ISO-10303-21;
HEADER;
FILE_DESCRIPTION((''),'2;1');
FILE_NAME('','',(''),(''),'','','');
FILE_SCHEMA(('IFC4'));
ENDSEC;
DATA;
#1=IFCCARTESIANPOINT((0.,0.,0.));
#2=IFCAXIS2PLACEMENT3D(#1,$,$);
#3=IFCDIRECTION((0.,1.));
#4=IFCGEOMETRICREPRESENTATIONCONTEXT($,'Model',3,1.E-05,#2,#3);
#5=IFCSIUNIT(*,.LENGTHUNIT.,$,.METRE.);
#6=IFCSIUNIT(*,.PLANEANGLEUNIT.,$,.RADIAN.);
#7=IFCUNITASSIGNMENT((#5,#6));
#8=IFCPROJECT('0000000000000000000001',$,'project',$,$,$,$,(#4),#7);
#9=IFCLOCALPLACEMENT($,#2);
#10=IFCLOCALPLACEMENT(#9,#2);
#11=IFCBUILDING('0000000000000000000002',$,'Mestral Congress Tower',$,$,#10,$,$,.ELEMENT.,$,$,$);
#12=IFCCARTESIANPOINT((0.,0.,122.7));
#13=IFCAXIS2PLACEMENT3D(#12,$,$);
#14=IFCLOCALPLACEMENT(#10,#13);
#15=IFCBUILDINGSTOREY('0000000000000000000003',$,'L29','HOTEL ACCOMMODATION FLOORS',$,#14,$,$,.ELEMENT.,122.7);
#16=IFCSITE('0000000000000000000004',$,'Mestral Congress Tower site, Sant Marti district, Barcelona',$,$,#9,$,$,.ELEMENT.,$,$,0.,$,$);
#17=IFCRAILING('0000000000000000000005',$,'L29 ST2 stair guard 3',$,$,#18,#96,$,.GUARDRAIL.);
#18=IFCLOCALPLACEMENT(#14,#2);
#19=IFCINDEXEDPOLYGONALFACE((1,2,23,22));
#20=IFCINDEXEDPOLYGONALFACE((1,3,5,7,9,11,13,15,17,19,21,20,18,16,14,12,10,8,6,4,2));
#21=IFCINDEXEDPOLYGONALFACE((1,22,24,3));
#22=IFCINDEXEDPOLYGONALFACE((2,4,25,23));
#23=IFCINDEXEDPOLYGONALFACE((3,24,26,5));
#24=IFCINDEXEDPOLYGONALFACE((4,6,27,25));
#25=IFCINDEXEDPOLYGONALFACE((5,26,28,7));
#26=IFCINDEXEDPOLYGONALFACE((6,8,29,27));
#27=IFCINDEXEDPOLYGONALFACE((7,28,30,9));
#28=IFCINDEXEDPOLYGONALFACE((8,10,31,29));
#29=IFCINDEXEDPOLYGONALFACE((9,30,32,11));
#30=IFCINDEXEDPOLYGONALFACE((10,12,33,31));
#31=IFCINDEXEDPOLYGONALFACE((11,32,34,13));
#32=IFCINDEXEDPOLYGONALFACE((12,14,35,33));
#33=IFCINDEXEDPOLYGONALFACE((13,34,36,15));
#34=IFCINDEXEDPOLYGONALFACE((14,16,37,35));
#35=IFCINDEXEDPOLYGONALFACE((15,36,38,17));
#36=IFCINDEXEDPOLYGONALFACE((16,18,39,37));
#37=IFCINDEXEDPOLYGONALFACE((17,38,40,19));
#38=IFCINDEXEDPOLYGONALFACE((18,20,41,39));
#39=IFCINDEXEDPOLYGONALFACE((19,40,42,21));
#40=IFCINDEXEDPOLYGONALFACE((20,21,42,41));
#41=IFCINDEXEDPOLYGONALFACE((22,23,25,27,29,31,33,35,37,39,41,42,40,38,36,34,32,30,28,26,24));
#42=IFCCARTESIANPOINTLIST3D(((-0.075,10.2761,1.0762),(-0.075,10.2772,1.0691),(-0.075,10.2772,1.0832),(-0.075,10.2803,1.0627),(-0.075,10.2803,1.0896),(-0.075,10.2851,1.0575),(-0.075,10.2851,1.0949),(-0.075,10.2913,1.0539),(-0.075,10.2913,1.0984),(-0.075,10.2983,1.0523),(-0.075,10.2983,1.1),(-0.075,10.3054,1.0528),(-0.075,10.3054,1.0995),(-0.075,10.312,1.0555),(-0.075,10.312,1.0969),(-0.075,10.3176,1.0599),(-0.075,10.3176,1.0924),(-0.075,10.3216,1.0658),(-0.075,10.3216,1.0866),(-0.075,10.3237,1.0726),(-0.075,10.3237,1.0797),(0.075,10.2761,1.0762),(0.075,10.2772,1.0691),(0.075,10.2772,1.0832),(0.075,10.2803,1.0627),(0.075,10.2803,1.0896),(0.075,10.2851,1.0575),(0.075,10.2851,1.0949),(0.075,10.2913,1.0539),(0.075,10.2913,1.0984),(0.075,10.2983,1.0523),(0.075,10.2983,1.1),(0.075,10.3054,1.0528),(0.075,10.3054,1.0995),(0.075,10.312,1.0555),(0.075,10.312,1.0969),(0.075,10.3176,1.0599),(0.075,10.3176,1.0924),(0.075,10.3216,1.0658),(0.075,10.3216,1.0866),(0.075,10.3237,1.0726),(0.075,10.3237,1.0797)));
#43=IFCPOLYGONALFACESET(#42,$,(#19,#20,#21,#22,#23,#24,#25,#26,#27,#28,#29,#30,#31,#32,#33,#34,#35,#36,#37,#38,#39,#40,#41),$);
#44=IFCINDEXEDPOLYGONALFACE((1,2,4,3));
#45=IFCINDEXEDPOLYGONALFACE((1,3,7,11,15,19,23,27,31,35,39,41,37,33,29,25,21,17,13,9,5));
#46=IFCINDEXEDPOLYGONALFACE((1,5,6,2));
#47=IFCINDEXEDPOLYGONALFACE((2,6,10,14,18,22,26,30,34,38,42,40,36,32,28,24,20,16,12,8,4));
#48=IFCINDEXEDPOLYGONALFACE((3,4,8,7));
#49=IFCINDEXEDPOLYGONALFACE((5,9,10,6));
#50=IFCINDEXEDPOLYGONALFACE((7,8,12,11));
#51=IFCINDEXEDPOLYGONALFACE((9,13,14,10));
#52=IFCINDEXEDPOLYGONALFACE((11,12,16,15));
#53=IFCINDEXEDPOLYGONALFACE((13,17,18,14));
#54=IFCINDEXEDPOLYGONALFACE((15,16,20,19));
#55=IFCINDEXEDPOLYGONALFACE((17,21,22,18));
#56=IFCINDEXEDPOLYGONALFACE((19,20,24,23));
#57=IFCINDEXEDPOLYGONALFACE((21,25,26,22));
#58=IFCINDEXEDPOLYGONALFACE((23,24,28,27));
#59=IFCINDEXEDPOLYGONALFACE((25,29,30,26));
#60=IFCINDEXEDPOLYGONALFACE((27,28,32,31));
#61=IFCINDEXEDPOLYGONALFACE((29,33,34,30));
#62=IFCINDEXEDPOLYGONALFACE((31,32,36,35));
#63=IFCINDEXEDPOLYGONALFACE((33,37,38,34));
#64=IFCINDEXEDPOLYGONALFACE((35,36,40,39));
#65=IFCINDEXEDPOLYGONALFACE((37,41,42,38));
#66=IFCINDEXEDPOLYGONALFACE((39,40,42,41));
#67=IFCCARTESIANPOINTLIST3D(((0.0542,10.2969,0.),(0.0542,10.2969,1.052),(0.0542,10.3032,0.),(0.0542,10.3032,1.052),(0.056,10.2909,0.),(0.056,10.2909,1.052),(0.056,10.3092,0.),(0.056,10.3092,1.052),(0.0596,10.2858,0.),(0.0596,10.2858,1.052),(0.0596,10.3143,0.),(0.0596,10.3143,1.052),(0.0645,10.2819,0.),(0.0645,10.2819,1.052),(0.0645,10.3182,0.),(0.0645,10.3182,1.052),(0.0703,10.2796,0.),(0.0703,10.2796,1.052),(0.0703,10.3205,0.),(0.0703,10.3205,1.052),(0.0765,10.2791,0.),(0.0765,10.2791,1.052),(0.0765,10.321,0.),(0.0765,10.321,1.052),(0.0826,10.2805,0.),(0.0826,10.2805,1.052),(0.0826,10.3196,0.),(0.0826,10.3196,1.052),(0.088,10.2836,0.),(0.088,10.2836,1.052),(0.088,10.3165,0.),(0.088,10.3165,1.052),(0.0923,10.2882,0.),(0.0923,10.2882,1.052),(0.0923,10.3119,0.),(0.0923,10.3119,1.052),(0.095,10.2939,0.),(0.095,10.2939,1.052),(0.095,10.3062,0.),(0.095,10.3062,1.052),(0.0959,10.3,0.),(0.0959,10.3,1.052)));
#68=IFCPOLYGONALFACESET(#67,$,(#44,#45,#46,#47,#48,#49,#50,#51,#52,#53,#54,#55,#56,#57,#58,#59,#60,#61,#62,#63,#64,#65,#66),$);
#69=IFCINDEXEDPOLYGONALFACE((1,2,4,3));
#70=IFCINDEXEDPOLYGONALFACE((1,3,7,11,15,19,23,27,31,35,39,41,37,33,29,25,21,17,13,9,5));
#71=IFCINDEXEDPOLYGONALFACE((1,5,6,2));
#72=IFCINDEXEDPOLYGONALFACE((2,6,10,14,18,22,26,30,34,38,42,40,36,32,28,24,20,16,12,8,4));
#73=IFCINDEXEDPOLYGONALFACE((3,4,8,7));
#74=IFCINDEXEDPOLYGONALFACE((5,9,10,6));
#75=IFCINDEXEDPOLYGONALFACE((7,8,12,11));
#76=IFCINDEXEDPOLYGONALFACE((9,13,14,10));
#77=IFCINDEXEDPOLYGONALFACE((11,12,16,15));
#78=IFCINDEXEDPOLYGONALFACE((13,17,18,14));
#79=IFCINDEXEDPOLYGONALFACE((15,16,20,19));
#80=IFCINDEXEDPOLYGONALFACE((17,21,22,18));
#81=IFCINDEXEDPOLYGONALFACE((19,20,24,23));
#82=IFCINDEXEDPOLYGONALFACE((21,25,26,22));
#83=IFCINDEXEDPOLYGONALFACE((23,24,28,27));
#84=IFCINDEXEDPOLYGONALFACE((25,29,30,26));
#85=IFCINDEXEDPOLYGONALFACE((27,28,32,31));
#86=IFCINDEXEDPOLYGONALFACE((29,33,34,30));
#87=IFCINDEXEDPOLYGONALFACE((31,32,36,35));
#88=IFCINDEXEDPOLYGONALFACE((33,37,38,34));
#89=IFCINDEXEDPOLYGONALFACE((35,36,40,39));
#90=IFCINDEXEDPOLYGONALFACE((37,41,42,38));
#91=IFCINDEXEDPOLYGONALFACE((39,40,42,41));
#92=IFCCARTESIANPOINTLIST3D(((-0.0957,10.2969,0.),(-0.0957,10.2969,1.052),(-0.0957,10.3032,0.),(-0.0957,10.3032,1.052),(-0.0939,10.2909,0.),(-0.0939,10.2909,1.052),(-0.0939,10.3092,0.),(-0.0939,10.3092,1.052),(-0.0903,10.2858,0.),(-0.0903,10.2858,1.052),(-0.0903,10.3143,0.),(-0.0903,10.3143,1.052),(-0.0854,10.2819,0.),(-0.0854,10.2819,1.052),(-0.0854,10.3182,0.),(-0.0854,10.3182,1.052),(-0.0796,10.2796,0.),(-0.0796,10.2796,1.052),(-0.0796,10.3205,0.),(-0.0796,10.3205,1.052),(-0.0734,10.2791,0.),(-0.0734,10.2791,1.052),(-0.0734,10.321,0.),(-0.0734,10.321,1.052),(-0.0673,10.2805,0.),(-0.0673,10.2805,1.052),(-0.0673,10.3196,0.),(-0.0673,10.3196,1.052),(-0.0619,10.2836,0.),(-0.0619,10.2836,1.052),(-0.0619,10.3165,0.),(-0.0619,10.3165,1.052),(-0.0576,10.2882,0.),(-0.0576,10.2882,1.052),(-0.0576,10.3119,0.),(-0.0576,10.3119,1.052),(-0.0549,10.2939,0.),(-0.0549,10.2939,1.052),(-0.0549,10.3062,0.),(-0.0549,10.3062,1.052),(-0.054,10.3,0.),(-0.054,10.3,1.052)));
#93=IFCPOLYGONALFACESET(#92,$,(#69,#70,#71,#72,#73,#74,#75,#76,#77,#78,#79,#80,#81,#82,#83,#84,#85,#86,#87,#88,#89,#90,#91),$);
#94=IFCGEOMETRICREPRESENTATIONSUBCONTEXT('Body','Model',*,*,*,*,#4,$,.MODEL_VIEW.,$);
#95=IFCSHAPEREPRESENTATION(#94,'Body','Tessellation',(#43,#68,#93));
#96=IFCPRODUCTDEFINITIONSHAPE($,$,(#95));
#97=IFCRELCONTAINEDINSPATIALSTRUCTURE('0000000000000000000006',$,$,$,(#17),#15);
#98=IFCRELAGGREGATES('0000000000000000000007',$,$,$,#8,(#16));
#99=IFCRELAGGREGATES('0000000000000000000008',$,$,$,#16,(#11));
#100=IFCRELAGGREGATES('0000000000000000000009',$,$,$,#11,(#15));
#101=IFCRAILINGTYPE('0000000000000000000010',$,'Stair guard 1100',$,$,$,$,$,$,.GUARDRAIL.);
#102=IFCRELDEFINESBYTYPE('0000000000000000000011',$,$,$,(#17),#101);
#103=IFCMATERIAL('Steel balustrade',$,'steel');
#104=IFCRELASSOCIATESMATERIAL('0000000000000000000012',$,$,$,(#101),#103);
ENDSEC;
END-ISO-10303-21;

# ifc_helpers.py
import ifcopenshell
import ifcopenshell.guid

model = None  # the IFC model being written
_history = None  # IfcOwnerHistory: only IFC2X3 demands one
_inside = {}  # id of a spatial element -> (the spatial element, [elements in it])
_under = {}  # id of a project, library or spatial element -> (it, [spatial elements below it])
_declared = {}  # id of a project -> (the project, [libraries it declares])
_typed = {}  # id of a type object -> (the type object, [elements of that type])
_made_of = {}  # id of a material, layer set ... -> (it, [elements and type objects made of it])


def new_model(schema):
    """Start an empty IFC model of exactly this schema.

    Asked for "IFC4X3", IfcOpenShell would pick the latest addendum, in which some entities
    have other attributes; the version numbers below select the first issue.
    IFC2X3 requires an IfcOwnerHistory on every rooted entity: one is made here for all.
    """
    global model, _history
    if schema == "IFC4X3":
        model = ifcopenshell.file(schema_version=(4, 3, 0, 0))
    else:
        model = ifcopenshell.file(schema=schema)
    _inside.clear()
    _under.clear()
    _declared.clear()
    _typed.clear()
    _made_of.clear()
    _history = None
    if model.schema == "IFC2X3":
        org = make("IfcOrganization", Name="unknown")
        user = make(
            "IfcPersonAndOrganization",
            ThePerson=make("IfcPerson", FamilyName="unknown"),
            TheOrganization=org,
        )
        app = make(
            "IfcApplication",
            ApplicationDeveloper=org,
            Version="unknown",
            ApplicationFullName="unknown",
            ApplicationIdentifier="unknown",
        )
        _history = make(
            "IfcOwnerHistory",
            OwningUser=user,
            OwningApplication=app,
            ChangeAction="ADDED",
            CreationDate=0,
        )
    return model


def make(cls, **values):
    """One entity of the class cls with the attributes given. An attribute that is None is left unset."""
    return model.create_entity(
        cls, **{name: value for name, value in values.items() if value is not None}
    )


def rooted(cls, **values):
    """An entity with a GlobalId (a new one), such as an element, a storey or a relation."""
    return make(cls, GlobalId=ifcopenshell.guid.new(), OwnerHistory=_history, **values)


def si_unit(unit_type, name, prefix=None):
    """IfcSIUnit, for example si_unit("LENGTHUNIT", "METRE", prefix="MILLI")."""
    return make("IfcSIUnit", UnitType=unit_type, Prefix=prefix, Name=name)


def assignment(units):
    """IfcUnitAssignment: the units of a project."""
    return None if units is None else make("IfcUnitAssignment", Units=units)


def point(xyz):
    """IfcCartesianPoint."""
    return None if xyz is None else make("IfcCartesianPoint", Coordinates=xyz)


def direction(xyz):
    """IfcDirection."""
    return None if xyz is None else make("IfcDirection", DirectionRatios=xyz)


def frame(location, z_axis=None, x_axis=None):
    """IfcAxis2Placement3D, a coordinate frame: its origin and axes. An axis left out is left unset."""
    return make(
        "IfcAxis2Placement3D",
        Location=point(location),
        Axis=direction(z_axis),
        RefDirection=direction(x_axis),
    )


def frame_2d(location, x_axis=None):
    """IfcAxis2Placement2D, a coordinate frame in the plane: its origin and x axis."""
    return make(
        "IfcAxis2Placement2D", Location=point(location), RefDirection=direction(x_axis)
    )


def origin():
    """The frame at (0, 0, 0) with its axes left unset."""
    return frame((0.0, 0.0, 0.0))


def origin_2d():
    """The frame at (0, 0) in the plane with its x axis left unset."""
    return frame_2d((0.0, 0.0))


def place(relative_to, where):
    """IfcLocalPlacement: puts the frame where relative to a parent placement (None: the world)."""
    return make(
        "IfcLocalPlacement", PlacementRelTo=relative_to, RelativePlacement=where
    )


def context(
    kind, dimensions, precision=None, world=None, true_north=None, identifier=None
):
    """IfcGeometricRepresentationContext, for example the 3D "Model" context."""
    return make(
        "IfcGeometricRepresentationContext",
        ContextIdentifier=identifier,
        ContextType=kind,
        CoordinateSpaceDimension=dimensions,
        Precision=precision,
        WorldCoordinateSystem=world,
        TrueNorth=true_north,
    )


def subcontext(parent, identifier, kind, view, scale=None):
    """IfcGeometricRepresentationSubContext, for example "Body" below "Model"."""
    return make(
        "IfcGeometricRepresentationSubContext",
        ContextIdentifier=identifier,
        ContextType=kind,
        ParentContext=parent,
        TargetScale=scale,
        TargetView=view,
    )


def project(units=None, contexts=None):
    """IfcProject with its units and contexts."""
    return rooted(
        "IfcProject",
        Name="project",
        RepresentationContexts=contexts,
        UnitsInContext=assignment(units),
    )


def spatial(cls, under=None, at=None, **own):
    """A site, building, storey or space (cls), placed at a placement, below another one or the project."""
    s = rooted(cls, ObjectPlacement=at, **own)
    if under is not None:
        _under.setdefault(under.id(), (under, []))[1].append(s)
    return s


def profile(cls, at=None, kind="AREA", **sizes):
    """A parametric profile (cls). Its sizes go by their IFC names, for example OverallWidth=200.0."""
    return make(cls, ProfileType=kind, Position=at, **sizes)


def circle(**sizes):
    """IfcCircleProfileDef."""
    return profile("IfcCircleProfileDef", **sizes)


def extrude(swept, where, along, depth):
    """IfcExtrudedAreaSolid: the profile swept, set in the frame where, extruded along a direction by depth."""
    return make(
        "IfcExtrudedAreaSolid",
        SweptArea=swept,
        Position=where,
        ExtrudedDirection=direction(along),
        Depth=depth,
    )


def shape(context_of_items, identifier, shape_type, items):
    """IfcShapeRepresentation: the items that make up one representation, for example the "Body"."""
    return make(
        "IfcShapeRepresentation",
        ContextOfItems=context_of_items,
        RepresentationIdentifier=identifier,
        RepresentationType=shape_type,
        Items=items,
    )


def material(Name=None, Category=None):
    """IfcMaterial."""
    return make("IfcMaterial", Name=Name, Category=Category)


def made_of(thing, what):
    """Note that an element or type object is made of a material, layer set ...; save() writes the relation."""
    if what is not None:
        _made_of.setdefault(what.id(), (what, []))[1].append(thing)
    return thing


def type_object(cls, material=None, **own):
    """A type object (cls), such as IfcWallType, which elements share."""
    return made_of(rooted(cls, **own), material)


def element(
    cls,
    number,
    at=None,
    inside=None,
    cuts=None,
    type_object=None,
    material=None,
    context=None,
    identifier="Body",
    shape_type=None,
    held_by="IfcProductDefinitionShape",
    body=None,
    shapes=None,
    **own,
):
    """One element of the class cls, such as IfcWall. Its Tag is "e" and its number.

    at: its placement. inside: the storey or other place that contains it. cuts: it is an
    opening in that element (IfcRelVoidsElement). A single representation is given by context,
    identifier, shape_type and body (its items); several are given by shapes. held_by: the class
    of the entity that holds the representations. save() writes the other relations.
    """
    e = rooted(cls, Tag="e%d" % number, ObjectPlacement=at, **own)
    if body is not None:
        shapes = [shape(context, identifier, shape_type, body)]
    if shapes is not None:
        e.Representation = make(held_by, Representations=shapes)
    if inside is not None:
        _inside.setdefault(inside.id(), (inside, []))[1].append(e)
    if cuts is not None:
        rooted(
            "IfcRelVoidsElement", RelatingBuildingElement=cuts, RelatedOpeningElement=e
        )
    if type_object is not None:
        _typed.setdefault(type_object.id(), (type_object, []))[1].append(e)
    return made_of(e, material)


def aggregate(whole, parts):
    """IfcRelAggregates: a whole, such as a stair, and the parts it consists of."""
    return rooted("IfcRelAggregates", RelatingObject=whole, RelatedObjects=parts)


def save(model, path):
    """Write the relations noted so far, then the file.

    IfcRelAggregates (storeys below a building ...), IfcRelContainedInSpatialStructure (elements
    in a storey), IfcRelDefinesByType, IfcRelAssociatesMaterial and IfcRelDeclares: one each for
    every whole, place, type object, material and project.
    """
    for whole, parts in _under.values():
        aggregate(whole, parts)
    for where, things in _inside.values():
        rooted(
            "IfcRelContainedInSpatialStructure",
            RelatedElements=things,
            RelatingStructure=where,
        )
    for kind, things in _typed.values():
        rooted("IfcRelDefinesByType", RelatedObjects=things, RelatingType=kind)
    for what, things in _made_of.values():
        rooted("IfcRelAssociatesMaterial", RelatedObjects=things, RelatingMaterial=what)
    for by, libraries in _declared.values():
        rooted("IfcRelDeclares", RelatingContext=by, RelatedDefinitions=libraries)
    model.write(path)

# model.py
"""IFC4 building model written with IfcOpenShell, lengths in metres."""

from ifc_helpers import new_model, si_unit, direction, frame, origin, origin_2d, place, context, subcontext, project, spatial, circle, extrude, material, type_object, element, save


model = new_model("IFC4")

# Units and contexts
model_context = context("Model", 3, precision=1e-05, world=origin(), true_north=direction((0.0, 1.0)))
body_context = subcontext(model_context, "Body", "Model", "MODEL_VIEW")
ifc_project = project(units=[si_unit("LENGTHUNIT", "METRE"), si_unit("PLANEANGLEUNIT", "RADIAN")], contexts=[model_context])

# Site, building, storey
site_placement = place(None, origin())
site = spatial("IfcSite", under=ifc_project, at=site_placement, Name="Mestral Congress Tower site, Sant Marti district, Barcelona", CompositionType="ELEMENT", RefElevation=0.0)
building_placement = place(site_placement, origin())
building = spatial("IfcBuilding", under=site, at=building_placement, Name="Mestral Congress Tower", CompositionType="ELEMENT")
storey_placement = place(building_placement, frame((0.0, 0.0, 122.7)))
storey = spatial("IfcBuildingStorey", under=building, at=storey_placement, Name="L29", Description="HOTEL ACCOMMODATION FLOORS", CompositionType="ELEMENT", Elevation=122.7)

# Railing
ifc_material_1 = material(Name="Steel balustrade", Category="steel")
railing_type_1 = type_object("IfcRailingType", Name="Stair guard 1100", PredefinedType="GUARDRAIL", material=ifc_material_1)
railing_1_placement = place(storey_placement, frame((0.075, 10.3, 0.0)))
element("IfcRailing", 1, at=railing_1_placement, inside=storey, type_object=railing_type_1, Name="L29 ST2 stair guard 3", PredefinedType="GUARDRAIL", context=body_context, shape_type="SweptSolid", body=[
    extrude(circle(Radius=0.0239, at=origin_2d()), frame((0.0, 0.0, 1.0762), z_axis=(-1.0, 0.0, 0.0), x_axis=(0.0, -1.0, 0.0)), (0.0, 0.0, 1.0), 0.1499),
    extrude(circle(Radius=0.021, at=origin_2d()), origin(), (0.0, 0.0, 1.0), 1.052),
    extrude(circle(Radius=0.021, at=origin_2d()), frame((-0.1499, 0.0, 0.0)), (0.0, 0.0, 1.0), 1.052),
])

save(model, "model.ifc")
